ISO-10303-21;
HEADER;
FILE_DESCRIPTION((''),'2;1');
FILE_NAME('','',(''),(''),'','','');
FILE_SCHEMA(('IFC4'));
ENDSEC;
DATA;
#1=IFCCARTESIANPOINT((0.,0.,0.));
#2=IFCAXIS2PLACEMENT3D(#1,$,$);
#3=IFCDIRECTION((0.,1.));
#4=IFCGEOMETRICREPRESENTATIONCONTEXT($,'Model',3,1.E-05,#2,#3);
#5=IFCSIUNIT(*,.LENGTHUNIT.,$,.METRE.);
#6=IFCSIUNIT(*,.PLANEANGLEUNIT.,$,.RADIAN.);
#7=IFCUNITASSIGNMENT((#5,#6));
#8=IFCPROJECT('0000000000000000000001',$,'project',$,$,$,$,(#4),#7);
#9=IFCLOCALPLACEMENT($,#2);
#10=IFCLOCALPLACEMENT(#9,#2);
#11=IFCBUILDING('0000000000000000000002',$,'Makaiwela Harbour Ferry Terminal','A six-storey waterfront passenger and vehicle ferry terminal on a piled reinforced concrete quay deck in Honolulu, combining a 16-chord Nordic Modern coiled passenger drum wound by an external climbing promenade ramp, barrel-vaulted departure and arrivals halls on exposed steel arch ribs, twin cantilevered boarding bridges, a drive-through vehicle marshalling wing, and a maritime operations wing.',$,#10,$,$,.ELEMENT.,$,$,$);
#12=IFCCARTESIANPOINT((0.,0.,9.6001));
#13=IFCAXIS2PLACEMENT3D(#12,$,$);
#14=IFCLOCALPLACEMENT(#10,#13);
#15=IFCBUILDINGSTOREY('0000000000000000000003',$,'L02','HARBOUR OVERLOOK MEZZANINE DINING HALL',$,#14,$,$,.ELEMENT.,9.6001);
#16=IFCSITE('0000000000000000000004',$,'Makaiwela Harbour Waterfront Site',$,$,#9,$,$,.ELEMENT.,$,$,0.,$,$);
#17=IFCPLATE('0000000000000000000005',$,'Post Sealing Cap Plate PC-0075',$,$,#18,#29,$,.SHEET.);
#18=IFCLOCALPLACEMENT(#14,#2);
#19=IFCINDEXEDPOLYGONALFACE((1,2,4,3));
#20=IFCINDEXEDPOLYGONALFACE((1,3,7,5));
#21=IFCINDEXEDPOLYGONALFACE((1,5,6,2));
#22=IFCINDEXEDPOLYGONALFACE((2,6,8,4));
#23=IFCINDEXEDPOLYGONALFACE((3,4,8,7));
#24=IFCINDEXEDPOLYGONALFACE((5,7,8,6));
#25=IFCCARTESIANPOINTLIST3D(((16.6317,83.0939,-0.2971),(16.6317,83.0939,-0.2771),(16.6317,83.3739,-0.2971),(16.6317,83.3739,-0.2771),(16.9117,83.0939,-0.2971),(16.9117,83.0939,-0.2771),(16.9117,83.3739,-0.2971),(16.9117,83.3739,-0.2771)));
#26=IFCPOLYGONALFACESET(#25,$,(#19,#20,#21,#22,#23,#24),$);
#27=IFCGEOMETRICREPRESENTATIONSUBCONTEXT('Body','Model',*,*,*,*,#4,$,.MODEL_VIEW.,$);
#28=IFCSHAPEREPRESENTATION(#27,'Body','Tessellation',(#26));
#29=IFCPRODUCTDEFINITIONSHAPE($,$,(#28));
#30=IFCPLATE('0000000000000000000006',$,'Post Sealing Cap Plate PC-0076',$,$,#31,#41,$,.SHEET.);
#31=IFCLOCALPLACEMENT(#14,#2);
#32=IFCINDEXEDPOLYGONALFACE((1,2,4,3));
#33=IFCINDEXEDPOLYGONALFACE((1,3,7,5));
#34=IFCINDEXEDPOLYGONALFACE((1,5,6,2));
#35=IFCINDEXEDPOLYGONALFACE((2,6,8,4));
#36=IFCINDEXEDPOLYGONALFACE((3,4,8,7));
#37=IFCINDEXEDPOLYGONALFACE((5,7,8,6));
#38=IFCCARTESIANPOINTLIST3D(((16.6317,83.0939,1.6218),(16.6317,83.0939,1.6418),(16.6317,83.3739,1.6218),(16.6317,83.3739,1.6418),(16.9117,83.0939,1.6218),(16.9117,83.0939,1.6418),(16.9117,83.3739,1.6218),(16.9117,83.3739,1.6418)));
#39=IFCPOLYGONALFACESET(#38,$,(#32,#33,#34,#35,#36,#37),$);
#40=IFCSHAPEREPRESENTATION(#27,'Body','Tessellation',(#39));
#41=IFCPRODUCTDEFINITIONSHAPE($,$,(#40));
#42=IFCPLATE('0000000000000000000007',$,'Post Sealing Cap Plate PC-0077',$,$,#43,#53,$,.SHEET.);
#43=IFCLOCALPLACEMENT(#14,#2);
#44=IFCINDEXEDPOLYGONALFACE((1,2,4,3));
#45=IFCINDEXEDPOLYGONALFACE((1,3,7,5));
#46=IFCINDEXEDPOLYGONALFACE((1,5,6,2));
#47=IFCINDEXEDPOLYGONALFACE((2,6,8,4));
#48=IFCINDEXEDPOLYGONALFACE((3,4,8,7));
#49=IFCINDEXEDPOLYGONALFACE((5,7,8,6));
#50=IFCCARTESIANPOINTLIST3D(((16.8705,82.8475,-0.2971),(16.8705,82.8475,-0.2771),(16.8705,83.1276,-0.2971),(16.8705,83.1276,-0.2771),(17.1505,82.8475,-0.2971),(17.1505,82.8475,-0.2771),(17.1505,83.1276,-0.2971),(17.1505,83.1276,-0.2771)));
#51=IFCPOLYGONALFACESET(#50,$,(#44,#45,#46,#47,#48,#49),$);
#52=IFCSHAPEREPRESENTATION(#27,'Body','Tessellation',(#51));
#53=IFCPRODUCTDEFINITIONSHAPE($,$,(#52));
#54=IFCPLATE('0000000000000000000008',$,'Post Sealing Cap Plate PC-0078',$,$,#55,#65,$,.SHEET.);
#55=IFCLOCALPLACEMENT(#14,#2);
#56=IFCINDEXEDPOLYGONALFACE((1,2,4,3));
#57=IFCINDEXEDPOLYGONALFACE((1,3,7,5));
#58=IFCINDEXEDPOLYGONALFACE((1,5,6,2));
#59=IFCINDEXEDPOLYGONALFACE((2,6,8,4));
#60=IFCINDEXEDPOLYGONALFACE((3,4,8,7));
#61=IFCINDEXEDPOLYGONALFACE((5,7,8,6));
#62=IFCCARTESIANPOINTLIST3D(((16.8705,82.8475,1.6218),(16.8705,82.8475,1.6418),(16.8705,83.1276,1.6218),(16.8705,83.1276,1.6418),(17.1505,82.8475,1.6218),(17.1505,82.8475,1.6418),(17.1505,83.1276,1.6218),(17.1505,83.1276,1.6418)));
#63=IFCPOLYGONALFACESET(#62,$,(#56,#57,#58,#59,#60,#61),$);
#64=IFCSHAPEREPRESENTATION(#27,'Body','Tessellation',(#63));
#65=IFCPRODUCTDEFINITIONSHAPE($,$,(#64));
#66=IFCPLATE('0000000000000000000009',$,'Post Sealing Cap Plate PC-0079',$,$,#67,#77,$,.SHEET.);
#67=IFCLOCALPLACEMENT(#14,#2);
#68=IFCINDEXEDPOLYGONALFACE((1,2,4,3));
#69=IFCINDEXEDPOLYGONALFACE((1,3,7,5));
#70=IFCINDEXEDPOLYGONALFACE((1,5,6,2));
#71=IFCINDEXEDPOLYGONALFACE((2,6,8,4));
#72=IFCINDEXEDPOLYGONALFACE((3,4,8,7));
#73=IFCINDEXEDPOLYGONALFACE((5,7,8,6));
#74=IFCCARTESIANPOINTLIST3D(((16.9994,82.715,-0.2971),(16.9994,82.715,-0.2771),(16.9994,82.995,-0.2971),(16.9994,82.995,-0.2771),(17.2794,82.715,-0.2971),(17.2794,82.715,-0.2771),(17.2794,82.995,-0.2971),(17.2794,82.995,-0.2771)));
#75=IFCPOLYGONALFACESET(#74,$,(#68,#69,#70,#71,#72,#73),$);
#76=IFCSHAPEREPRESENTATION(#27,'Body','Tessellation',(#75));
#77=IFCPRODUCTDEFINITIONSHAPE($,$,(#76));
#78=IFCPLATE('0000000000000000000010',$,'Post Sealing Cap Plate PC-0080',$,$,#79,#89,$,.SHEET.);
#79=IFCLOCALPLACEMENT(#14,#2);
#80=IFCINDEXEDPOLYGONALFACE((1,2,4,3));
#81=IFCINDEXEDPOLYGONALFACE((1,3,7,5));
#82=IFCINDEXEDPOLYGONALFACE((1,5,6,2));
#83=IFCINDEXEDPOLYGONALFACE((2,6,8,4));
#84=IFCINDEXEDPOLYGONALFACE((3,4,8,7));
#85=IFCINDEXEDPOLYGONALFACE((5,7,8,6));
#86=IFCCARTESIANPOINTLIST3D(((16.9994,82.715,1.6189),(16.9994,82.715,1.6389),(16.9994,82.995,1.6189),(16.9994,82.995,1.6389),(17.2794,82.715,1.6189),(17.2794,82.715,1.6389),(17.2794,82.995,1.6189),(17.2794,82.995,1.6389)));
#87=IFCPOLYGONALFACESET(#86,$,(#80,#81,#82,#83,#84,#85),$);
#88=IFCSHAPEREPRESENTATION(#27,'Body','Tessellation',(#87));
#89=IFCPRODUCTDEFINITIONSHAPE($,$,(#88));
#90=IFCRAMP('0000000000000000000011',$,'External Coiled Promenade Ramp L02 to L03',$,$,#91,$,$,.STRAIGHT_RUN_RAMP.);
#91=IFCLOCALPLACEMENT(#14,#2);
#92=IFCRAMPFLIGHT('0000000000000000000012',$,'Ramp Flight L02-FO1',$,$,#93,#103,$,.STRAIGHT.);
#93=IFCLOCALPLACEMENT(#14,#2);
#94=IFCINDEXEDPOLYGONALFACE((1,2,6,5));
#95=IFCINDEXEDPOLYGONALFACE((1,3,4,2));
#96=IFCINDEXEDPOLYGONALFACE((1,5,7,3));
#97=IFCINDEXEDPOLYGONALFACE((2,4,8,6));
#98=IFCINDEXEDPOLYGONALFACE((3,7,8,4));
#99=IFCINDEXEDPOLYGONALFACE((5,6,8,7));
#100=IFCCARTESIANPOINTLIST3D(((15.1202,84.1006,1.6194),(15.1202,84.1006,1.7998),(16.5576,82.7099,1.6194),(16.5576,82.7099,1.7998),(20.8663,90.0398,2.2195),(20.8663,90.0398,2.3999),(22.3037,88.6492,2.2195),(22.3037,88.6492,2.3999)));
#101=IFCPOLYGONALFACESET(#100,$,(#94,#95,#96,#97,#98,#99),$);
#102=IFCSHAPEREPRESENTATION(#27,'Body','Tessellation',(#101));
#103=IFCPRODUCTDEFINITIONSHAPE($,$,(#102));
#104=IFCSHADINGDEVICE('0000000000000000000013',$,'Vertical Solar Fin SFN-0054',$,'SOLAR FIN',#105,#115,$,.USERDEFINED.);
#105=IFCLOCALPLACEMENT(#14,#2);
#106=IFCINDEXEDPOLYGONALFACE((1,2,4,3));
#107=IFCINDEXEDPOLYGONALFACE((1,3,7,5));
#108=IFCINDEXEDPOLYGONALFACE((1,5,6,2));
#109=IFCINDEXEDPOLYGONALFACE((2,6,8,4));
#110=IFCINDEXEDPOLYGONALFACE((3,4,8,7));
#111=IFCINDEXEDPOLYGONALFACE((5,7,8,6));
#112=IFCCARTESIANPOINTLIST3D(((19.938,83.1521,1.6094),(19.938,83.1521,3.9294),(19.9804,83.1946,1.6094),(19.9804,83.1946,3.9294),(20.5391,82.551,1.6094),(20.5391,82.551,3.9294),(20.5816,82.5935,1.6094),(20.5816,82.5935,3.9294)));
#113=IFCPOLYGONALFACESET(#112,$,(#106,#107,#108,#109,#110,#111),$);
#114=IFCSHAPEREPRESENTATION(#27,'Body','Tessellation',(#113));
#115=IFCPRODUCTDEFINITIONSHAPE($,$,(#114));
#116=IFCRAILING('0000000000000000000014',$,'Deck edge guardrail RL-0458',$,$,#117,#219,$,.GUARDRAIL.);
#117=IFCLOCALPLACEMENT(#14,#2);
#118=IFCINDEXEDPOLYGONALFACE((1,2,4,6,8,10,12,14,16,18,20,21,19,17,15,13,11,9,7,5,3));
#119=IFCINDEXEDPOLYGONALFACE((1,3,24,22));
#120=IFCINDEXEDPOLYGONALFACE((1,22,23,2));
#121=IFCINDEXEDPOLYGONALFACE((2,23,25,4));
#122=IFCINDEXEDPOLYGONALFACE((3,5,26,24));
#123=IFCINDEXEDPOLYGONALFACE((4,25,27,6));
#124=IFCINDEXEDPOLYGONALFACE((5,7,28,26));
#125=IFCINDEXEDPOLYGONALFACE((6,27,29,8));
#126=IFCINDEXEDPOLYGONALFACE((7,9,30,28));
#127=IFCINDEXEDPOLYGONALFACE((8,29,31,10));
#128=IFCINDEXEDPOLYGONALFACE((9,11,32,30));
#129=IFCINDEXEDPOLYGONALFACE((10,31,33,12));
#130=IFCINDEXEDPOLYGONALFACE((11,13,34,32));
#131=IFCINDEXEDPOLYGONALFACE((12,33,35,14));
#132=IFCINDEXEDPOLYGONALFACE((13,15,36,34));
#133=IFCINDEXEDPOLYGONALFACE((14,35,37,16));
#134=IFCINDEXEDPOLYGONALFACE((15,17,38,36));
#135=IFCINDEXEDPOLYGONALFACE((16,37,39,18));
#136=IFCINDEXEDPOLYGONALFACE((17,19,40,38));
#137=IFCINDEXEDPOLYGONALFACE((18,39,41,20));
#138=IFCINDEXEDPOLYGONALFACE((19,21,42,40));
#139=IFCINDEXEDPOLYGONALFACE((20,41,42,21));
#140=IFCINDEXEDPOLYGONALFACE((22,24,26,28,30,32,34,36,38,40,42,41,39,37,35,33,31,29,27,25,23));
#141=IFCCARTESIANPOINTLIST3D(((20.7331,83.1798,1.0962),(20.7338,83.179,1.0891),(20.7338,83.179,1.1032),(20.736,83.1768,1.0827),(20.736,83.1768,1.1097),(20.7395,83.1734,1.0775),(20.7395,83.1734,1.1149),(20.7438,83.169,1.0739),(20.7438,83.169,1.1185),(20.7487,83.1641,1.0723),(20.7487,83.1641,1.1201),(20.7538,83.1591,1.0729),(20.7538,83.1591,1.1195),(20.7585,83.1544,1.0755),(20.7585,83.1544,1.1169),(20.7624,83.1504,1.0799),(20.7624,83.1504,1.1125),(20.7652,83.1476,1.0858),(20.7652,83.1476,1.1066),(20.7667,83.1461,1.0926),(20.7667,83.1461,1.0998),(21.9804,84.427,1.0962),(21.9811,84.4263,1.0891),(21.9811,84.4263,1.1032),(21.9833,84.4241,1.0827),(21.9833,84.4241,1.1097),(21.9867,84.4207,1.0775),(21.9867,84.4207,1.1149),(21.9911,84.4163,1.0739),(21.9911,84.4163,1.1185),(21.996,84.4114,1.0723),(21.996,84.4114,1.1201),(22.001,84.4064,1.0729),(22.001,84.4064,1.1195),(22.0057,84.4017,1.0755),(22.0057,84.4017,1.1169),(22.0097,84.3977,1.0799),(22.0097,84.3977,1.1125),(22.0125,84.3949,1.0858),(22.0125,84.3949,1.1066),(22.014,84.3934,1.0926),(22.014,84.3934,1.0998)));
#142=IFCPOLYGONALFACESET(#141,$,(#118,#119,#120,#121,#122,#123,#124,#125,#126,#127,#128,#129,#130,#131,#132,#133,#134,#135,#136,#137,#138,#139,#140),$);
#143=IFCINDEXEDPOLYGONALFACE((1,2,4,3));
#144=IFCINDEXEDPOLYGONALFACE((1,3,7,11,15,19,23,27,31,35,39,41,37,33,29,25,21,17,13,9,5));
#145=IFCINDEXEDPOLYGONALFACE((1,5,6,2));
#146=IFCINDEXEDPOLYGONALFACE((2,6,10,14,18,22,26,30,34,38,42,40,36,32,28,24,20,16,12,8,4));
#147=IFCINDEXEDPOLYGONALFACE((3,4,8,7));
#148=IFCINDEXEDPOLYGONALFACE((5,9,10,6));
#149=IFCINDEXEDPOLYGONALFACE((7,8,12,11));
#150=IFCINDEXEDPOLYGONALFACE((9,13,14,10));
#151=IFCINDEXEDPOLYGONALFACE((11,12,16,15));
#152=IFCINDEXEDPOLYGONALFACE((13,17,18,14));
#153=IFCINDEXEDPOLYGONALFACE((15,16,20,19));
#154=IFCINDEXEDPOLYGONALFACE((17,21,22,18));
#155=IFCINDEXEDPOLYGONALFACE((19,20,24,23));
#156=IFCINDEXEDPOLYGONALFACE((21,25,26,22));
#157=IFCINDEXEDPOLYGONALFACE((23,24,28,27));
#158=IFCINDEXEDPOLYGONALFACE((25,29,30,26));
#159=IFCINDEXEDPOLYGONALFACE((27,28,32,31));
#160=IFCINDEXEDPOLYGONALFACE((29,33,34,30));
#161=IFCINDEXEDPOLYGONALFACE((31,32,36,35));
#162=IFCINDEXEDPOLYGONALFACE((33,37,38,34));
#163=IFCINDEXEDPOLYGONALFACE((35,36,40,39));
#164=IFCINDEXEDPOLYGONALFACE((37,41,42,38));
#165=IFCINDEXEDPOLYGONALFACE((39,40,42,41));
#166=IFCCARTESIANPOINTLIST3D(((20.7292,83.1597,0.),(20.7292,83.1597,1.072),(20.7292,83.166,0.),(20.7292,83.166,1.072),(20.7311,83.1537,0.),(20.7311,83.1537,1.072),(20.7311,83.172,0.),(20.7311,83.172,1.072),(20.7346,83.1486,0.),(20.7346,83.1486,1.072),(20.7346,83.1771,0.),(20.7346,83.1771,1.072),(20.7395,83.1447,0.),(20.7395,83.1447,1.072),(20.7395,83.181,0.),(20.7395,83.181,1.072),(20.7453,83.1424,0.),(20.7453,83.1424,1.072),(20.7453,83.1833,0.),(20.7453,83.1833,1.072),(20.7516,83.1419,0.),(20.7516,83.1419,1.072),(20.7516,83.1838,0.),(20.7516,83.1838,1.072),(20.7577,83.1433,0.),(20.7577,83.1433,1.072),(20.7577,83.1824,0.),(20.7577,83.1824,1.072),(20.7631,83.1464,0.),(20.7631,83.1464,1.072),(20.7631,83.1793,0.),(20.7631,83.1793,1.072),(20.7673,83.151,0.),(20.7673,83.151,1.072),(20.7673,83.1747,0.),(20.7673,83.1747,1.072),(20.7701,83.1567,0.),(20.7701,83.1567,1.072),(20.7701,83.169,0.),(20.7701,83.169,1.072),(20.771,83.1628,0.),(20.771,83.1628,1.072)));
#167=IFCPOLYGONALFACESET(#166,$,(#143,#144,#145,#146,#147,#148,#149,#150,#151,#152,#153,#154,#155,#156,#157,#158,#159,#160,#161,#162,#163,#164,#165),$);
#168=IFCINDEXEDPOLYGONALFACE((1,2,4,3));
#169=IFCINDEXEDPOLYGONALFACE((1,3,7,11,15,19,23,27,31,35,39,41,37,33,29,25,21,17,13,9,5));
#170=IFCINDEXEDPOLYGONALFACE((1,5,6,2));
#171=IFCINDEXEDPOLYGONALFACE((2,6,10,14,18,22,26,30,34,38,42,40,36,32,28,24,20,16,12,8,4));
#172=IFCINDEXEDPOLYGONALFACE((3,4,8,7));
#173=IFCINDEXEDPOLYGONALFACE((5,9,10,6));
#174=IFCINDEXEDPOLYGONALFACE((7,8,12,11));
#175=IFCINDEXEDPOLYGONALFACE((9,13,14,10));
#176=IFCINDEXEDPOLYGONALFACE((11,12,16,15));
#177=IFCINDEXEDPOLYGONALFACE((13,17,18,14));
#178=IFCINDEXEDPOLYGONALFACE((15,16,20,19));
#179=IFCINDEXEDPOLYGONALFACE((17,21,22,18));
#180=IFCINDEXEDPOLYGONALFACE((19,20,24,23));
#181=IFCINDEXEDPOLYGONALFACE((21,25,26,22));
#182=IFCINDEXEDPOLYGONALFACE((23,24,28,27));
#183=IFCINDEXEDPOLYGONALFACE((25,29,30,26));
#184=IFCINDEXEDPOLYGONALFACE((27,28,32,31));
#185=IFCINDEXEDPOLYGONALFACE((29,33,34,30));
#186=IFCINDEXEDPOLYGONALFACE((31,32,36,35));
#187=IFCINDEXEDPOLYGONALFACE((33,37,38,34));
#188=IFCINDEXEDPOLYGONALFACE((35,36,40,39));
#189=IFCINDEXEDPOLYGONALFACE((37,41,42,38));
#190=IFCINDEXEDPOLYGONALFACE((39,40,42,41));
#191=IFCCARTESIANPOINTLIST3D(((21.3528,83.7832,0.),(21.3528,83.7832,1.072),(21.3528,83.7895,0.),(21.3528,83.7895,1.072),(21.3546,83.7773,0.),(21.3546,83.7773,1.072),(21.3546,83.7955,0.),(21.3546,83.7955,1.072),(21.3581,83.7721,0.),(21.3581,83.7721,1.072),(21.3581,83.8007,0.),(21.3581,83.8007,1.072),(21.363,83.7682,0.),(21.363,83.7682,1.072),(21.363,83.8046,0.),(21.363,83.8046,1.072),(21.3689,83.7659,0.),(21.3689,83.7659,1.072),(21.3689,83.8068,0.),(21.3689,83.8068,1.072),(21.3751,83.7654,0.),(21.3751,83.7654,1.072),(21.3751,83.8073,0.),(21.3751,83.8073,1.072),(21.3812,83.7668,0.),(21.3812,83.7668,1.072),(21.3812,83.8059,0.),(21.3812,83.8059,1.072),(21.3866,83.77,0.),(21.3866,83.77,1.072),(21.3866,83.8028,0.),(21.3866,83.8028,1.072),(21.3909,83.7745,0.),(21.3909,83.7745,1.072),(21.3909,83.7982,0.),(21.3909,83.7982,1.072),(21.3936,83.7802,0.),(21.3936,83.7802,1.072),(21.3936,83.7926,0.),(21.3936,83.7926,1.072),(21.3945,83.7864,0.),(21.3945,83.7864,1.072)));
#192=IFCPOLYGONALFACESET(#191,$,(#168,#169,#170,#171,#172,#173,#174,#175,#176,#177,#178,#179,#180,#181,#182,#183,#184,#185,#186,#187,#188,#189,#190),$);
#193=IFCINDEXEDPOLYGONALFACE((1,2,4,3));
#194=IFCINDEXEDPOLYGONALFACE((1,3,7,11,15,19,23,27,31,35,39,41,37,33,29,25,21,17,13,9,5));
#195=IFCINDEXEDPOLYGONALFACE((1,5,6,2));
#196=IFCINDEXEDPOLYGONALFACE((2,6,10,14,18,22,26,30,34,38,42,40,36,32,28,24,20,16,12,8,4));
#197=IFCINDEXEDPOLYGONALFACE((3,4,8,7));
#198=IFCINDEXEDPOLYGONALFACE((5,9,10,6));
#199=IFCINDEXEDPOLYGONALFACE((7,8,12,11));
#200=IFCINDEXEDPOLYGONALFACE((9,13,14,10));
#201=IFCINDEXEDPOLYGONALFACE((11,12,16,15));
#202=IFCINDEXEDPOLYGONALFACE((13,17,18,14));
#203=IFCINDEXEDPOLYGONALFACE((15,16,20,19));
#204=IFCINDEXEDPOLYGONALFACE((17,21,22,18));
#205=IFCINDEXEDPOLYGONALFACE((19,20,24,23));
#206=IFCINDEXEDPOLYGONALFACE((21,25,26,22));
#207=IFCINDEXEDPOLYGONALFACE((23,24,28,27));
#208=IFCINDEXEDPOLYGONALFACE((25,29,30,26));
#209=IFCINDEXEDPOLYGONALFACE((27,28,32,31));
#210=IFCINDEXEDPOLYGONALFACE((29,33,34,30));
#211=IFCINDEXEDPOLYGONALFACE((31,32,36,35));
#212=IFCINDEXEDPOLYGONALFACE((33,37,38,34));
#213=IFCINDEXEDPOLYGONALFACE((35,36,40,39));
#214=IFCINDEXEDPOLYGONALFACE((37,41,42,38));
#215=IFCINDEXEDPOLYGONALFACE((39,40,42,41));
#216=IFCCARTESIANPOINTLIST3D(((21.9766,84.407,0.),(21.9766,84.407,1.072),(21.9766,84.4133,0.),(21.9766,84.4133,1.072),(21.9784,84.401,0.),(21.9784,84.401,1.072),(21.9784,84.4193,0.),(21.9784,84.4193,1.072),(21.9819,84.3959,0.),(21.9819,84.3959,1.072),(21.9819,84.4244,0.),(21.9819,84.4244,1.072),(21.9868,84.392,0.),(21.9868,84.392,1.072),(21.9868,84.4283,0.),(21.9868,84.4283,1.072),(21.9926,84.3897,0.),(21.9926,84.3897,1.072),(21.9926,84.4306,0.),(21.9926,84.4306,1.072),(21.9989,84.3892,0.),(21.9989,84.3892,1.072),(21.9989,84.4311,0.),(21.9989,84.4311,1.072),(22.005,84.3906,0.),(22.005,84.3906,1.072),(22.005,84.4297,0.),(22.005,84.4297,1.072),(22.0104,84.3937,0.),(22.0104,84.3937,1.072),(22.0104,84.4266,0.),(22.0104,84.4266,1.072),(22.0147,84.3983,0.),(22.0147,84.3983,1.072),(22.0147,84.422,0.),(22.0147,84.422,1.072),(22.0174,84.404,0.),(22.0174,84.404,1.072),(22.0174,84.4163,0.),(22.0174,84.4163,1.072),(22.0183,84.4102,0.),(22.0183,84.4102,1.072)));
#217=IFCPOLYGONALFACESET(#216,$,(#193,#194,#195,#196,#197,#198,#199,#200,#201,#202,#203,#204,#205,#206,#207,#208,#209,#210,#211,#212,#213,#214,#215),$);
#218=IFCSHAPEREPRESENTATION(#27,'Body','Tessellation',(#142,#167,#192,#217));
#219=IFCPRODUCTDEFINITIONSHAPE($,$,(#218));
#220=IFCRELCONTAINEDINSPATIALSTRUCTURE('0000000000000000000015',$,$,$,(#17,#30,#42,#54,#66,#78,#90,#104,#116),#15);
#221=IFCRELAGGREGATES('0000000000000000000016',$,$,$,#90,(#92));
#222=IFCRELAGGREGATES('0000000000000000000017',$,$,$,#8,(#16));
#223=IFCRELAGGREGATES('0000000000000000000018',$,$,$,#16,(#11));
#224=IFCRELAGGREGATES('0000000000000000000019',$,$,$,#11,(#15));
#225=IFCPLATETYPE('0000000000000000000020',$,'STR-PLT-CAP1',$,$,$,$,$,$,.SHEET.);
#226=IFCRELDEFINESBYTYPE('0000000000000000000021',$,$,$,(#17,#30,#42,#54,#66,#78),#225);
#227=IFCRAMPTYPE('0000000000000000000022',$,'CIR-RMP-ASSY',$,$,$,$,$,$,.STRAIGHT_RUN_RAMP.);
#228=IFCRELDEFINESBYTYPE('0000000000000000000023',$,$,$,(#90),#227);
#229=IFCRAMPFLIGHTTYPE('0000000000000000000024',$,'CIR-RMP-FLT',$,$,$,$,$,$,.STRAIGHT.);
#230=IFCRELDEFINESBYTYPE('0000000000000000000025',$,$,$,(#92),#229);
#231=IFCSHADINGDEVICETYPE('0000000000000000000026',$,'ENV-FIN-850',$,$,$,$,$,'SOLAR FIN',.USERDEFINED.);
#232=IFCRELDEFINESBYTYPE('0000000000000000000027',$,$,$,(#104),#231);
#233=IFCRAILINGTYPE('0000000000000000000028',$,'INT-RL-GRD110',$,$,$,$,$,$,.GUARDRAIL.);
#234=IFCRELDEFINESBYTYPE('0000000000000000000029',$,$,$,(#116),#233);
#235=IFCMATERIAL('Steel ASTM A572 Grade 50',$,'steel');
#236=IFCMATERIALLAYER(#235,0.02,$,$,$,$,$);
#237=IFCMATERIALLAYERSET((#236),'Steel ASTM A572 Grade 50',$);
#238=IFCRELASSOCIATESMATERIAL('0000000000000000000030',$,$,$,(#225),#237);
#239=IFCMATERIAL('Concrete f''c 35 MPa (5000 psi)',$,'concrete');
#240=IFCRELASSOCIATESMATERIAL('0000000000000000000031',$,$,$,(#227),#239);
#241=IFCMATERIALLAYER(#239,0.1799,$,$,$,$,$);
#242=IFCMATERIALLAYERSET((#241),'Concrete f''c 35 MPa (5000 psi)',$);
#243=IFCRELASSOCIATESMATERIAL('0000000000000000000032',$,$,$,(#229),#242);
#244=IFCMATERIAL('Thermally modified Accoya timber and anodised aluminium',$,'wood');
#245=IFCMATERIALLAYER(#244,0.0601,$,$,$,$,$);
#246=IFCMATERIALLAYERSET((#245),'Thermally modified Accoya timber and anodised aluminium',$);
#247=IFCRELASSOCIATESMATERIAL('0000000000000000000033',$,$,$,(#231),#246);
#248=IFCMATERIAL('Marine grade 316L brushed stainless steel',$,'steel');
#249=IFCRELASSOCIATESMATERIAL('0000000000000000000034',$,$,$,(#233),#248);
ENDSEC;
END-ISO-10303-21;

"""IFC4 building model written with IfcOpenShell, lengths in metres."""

from ifc_helpers import new_model, si_unit, direction, frame, origin, origin_2d, place, context, subcontext, project, spatial, polyline, rectangle, circle, outline, extrude, material, layer, layer_set, type_object, element, aggregate, save


model = new_model("IFC4")

# Units and contexts
model_context = context("Model", 3, precision=1e-05, world=origin(), true_north=direction((0.0, 1.0)))
body_context = subcontext(model_context, "Body", "Model", "MODEL_VIEW")
ifc_project = project(units=[si_unit("LENGTHUNIT", "METRE"), si_unit("PLANEANGLEUNIT", "RADIAN")], contexts=[model_context])

# Site, building, storey
site_placement = place(None, origin())
site = spatial("IfcSite", under=ifc_project, at=site_placement, Name="Makaiwela Harbour Waterfront Site", CompositionType="ELEMENT", RefElevation=0.0)
building_placement = place(site_placement, origin())
building = spatial("IfcBuilding", under=site, at=building_placement, Name="Makaiwela Harbour Ferry Terminal", Description="A six-storey waterfront passenger and vehicle ferry terminal on a piled reinforced concrete quay deck in Honolulu, combining a 16-chord Nordic Modern coiled passenger drum wound by an external climbing promenade ramp, barrel-vaulted departure and arrivals halls on exposed steel arch ribs, twin cantilevered boarding bridges, a drive-through vehicle marshalling wing, and a maritime operations wing.", CompositionType="ELEMENT")
storey_placement = place(building_placement, frame((0.0, 0.0, 9.6001)))
storey = spatial("IfcBuildingStorey", under=building, at=storey_placement, Name="L02", Description="HARBOUR OVERLOOK MEZZANINE DINING HALL", CompositionType="ELEMENT", Elevation=9.6001)

# Plates
ifc_material_1 = material(Name="Steel ASTM A572 Grade 50", Category="steel")
ifc_layer_1 = layer(ifc_material_1, 0.02)
ifc_layer_set_1 = layer_set([ifc_layer_1], Name="Steel ASTM A572 Grade 50")
plate_type_1 = type_object("IfcPlateType", Name="STR-PLT-CAP1", PredefinedType="SHEET", material=ifc_layer_set_1)
for number, where, z_axis, x_axis, name in (
    (1, (16.7717, 83.2339, -0.2971), (0.0, 0.0, 1.0), (1.0, 0.0, 0.0), "Post Sealing Cap Plate PC-0075"),
    (2, (16.7717, 83.2339, 1.6218), (0.0, 0.0, 1.0), (1.0, 0.0, 0.0), "Post Sealing Cap Plate PC-0076"),
    (3, (17.0105, 82.9875, -0.2971), (0.0, 0.0, 1.0), (1.0, 0.0, 0.0), "Post Sealing Cap Plate PC-0077"),
    (4, (17.0105, 82.9875, 1.6218), (0.0, 0.0, 1.0), (1.0, 0.0, 0.0), "Post Sealing Cap Plate PC-0078"),
    (5, (17.1394, 82.855, -0.2971), (0.0, 0.0, 1.0), (1.0, 0.0, 0.0), "Post Sealing Cap Plate PC-0079"),
    (6, (17.1394, 82.855, 1.6189), (0.0, 0.0, 1.0), (1.0, 0.0, 0.0), "Post Sealing Cap Plate PC-0080"),
):
    element("IfcPlate", number, at=place(storey_placement, frame(where, z_axis=z_axis, x_axis=x_axis)), inside=storey, type_object=plate_type_1, Name=name, PredefinedType="SHEET", context=body_context, shape_type="SweptSolid", body=[
        extrude(rectangle(XDim=0.28, YDim=0.28, at=origin_2d()), origin(), (0.0, 0.0, 1.0), 0.02),
    ])

# Ramp, ramp flight
ifc_material_2 = material(Name="Concrete f'c 35 MPa (5000 psi)", Category="concrete")
ramp_type = type_object("IfcRampType", Name="CIR-RMP-ASSY", PredefinedType="STRAIGHT_RUN_RAMP", material=ifc_material_2)
ramp_placement = place(storey_placement, origin())
ramp = element("IfcRamp", 7, at=ramp_placement, inside=storey, type_object=ramp_type, Name="External Coiled Promenade Ramp L02 to L03", PredefinedType="STRAIGHT_RUN_RAMP")
ifc_layer_2 = layer(ifc_material_2, 0.1799)
ifc_layer_set_2 = layer_set([ifc_layer_2], Name="Concrete f'c 35 MPa (5000 psi)")
ramp_flight_type = type_object("IfcRampFlightType", Name="CIR-RMP-FLT", PredefinedType="STRAIGHT", material=ifc_layer_set_2)
ramp_flight_placement = place(storey_placement, frame((15.8389, 83.4053, 1.7998), z_axis=(0.0, 0.0, 1.0), x_axis=(0.695323, 0.718697, 0.0)))
ramp_flight = element("IfcRampFlight", 8, at=ramp_flight_placement, type_object=ramp_flight_type, Name="Ramp Flight L02-FO1", PredefinedType="STRAIGHT", context=body_context, shape_type="SweptSolid", body=[
    extrude(outline(polyline([(0.0, 0.0), (8.2639, 0.6001), (8.2639, 0.4197), (0.0, -0.1804), (0.0, 0.0)])), frame((0.0, 1.0, 0.0), z_axis=(0.0, -1.0, 0.0), x_axis=(1.0, 0.0, 0.0)), (0.0, 0.0, 1.0), 2.0),
])
aggregate(ramp, [ramp_flight])

# Shading device
ifc_material_3 = material(Name="Thermally modified Accoya timber and anodised aluminium", Category="wood")
ifc_layer_3 = layer(ifc_material_3, 0.0601)
ifc_layer_set_3 = layer_set([ifc_layer_3], Name="Thermally modified Accoya timber and anodised aluminium")
shading_device_type = type_object("IfcShadingDeviceType", Name="ENV-FIN-850", ElementType="SOLAR FIN", PredefinedType="USERDEFINED", material=ifc_layer_set_3)
shading_device_placement = place(storey_placement, frame((20.2598, 82.8728, 1.6094), z_axis=(0.0, 0.0, 1.0), x_axis=(-0.707107, 0.707107, 0.0)))
element("IfcShadingDevice", 9, at=shading_device_placement, inside=storey, type_object=shading_device_type, Name="Vertical Solar Fin SFN-0054", ObjectType="SOLAR FIN", PredefinedType="USERDEFINED", context=body_context, shape_type="SweptSolid", body=[
    extrude(rectangle(XDim=0.8501, YDim=0.0601, at=origin_2d()), origin(), (0.0, 0.0, 1.0), 2.3201),
])

# Railing
ifc_material_4 = material(Name="Marine grade 316L brushed stainless steel", Category="steel")
railing_type_1 = type_object("IfcRailingType", Name="INT-RL-GRD110", PredefinedType="GUARDRAIL", material=ifc_material_4)
railing_1_placement = place(storey_placement, frame((20.75, 83.1628, 0.0)))
element("IfcRailing", 10, at=railing_1_placement, inside=storey, type_object=railing_type_1, Name="Deck edge guardrail RL-0458", PredefinedType="GUARDRAIL", context=body_context, shape_type="SweptSolid", body=[
    extrude(circle(Radius=0.0239, at=origin_2d()), frame((0.0, 0.0, 1.0962), z_axis=(0.707107, 0.707107, 0.0), x_axis=(-0.707107, 0.707107, 0.0)), (0.0, 0.0, 1.0), 1.7639),
    extrude(circle(Radius=0.021, at=origin_2d()), origin(), (0.0, 0.0, 1.0), 1.072),
    extrude(circle(Radius=0.021, at=origin_2d()), frame((0.6235, 0.6235, 0.0)), (0.0, 0.0, 1.0), 1.072),
    extrude(circle(Radius=0.021, at=origin_2d()), frame((1.2473, 1.2473, 0.0)), (0.0, 0.0, 1.0), 1.072),
])

save(model, "model.ifc")
